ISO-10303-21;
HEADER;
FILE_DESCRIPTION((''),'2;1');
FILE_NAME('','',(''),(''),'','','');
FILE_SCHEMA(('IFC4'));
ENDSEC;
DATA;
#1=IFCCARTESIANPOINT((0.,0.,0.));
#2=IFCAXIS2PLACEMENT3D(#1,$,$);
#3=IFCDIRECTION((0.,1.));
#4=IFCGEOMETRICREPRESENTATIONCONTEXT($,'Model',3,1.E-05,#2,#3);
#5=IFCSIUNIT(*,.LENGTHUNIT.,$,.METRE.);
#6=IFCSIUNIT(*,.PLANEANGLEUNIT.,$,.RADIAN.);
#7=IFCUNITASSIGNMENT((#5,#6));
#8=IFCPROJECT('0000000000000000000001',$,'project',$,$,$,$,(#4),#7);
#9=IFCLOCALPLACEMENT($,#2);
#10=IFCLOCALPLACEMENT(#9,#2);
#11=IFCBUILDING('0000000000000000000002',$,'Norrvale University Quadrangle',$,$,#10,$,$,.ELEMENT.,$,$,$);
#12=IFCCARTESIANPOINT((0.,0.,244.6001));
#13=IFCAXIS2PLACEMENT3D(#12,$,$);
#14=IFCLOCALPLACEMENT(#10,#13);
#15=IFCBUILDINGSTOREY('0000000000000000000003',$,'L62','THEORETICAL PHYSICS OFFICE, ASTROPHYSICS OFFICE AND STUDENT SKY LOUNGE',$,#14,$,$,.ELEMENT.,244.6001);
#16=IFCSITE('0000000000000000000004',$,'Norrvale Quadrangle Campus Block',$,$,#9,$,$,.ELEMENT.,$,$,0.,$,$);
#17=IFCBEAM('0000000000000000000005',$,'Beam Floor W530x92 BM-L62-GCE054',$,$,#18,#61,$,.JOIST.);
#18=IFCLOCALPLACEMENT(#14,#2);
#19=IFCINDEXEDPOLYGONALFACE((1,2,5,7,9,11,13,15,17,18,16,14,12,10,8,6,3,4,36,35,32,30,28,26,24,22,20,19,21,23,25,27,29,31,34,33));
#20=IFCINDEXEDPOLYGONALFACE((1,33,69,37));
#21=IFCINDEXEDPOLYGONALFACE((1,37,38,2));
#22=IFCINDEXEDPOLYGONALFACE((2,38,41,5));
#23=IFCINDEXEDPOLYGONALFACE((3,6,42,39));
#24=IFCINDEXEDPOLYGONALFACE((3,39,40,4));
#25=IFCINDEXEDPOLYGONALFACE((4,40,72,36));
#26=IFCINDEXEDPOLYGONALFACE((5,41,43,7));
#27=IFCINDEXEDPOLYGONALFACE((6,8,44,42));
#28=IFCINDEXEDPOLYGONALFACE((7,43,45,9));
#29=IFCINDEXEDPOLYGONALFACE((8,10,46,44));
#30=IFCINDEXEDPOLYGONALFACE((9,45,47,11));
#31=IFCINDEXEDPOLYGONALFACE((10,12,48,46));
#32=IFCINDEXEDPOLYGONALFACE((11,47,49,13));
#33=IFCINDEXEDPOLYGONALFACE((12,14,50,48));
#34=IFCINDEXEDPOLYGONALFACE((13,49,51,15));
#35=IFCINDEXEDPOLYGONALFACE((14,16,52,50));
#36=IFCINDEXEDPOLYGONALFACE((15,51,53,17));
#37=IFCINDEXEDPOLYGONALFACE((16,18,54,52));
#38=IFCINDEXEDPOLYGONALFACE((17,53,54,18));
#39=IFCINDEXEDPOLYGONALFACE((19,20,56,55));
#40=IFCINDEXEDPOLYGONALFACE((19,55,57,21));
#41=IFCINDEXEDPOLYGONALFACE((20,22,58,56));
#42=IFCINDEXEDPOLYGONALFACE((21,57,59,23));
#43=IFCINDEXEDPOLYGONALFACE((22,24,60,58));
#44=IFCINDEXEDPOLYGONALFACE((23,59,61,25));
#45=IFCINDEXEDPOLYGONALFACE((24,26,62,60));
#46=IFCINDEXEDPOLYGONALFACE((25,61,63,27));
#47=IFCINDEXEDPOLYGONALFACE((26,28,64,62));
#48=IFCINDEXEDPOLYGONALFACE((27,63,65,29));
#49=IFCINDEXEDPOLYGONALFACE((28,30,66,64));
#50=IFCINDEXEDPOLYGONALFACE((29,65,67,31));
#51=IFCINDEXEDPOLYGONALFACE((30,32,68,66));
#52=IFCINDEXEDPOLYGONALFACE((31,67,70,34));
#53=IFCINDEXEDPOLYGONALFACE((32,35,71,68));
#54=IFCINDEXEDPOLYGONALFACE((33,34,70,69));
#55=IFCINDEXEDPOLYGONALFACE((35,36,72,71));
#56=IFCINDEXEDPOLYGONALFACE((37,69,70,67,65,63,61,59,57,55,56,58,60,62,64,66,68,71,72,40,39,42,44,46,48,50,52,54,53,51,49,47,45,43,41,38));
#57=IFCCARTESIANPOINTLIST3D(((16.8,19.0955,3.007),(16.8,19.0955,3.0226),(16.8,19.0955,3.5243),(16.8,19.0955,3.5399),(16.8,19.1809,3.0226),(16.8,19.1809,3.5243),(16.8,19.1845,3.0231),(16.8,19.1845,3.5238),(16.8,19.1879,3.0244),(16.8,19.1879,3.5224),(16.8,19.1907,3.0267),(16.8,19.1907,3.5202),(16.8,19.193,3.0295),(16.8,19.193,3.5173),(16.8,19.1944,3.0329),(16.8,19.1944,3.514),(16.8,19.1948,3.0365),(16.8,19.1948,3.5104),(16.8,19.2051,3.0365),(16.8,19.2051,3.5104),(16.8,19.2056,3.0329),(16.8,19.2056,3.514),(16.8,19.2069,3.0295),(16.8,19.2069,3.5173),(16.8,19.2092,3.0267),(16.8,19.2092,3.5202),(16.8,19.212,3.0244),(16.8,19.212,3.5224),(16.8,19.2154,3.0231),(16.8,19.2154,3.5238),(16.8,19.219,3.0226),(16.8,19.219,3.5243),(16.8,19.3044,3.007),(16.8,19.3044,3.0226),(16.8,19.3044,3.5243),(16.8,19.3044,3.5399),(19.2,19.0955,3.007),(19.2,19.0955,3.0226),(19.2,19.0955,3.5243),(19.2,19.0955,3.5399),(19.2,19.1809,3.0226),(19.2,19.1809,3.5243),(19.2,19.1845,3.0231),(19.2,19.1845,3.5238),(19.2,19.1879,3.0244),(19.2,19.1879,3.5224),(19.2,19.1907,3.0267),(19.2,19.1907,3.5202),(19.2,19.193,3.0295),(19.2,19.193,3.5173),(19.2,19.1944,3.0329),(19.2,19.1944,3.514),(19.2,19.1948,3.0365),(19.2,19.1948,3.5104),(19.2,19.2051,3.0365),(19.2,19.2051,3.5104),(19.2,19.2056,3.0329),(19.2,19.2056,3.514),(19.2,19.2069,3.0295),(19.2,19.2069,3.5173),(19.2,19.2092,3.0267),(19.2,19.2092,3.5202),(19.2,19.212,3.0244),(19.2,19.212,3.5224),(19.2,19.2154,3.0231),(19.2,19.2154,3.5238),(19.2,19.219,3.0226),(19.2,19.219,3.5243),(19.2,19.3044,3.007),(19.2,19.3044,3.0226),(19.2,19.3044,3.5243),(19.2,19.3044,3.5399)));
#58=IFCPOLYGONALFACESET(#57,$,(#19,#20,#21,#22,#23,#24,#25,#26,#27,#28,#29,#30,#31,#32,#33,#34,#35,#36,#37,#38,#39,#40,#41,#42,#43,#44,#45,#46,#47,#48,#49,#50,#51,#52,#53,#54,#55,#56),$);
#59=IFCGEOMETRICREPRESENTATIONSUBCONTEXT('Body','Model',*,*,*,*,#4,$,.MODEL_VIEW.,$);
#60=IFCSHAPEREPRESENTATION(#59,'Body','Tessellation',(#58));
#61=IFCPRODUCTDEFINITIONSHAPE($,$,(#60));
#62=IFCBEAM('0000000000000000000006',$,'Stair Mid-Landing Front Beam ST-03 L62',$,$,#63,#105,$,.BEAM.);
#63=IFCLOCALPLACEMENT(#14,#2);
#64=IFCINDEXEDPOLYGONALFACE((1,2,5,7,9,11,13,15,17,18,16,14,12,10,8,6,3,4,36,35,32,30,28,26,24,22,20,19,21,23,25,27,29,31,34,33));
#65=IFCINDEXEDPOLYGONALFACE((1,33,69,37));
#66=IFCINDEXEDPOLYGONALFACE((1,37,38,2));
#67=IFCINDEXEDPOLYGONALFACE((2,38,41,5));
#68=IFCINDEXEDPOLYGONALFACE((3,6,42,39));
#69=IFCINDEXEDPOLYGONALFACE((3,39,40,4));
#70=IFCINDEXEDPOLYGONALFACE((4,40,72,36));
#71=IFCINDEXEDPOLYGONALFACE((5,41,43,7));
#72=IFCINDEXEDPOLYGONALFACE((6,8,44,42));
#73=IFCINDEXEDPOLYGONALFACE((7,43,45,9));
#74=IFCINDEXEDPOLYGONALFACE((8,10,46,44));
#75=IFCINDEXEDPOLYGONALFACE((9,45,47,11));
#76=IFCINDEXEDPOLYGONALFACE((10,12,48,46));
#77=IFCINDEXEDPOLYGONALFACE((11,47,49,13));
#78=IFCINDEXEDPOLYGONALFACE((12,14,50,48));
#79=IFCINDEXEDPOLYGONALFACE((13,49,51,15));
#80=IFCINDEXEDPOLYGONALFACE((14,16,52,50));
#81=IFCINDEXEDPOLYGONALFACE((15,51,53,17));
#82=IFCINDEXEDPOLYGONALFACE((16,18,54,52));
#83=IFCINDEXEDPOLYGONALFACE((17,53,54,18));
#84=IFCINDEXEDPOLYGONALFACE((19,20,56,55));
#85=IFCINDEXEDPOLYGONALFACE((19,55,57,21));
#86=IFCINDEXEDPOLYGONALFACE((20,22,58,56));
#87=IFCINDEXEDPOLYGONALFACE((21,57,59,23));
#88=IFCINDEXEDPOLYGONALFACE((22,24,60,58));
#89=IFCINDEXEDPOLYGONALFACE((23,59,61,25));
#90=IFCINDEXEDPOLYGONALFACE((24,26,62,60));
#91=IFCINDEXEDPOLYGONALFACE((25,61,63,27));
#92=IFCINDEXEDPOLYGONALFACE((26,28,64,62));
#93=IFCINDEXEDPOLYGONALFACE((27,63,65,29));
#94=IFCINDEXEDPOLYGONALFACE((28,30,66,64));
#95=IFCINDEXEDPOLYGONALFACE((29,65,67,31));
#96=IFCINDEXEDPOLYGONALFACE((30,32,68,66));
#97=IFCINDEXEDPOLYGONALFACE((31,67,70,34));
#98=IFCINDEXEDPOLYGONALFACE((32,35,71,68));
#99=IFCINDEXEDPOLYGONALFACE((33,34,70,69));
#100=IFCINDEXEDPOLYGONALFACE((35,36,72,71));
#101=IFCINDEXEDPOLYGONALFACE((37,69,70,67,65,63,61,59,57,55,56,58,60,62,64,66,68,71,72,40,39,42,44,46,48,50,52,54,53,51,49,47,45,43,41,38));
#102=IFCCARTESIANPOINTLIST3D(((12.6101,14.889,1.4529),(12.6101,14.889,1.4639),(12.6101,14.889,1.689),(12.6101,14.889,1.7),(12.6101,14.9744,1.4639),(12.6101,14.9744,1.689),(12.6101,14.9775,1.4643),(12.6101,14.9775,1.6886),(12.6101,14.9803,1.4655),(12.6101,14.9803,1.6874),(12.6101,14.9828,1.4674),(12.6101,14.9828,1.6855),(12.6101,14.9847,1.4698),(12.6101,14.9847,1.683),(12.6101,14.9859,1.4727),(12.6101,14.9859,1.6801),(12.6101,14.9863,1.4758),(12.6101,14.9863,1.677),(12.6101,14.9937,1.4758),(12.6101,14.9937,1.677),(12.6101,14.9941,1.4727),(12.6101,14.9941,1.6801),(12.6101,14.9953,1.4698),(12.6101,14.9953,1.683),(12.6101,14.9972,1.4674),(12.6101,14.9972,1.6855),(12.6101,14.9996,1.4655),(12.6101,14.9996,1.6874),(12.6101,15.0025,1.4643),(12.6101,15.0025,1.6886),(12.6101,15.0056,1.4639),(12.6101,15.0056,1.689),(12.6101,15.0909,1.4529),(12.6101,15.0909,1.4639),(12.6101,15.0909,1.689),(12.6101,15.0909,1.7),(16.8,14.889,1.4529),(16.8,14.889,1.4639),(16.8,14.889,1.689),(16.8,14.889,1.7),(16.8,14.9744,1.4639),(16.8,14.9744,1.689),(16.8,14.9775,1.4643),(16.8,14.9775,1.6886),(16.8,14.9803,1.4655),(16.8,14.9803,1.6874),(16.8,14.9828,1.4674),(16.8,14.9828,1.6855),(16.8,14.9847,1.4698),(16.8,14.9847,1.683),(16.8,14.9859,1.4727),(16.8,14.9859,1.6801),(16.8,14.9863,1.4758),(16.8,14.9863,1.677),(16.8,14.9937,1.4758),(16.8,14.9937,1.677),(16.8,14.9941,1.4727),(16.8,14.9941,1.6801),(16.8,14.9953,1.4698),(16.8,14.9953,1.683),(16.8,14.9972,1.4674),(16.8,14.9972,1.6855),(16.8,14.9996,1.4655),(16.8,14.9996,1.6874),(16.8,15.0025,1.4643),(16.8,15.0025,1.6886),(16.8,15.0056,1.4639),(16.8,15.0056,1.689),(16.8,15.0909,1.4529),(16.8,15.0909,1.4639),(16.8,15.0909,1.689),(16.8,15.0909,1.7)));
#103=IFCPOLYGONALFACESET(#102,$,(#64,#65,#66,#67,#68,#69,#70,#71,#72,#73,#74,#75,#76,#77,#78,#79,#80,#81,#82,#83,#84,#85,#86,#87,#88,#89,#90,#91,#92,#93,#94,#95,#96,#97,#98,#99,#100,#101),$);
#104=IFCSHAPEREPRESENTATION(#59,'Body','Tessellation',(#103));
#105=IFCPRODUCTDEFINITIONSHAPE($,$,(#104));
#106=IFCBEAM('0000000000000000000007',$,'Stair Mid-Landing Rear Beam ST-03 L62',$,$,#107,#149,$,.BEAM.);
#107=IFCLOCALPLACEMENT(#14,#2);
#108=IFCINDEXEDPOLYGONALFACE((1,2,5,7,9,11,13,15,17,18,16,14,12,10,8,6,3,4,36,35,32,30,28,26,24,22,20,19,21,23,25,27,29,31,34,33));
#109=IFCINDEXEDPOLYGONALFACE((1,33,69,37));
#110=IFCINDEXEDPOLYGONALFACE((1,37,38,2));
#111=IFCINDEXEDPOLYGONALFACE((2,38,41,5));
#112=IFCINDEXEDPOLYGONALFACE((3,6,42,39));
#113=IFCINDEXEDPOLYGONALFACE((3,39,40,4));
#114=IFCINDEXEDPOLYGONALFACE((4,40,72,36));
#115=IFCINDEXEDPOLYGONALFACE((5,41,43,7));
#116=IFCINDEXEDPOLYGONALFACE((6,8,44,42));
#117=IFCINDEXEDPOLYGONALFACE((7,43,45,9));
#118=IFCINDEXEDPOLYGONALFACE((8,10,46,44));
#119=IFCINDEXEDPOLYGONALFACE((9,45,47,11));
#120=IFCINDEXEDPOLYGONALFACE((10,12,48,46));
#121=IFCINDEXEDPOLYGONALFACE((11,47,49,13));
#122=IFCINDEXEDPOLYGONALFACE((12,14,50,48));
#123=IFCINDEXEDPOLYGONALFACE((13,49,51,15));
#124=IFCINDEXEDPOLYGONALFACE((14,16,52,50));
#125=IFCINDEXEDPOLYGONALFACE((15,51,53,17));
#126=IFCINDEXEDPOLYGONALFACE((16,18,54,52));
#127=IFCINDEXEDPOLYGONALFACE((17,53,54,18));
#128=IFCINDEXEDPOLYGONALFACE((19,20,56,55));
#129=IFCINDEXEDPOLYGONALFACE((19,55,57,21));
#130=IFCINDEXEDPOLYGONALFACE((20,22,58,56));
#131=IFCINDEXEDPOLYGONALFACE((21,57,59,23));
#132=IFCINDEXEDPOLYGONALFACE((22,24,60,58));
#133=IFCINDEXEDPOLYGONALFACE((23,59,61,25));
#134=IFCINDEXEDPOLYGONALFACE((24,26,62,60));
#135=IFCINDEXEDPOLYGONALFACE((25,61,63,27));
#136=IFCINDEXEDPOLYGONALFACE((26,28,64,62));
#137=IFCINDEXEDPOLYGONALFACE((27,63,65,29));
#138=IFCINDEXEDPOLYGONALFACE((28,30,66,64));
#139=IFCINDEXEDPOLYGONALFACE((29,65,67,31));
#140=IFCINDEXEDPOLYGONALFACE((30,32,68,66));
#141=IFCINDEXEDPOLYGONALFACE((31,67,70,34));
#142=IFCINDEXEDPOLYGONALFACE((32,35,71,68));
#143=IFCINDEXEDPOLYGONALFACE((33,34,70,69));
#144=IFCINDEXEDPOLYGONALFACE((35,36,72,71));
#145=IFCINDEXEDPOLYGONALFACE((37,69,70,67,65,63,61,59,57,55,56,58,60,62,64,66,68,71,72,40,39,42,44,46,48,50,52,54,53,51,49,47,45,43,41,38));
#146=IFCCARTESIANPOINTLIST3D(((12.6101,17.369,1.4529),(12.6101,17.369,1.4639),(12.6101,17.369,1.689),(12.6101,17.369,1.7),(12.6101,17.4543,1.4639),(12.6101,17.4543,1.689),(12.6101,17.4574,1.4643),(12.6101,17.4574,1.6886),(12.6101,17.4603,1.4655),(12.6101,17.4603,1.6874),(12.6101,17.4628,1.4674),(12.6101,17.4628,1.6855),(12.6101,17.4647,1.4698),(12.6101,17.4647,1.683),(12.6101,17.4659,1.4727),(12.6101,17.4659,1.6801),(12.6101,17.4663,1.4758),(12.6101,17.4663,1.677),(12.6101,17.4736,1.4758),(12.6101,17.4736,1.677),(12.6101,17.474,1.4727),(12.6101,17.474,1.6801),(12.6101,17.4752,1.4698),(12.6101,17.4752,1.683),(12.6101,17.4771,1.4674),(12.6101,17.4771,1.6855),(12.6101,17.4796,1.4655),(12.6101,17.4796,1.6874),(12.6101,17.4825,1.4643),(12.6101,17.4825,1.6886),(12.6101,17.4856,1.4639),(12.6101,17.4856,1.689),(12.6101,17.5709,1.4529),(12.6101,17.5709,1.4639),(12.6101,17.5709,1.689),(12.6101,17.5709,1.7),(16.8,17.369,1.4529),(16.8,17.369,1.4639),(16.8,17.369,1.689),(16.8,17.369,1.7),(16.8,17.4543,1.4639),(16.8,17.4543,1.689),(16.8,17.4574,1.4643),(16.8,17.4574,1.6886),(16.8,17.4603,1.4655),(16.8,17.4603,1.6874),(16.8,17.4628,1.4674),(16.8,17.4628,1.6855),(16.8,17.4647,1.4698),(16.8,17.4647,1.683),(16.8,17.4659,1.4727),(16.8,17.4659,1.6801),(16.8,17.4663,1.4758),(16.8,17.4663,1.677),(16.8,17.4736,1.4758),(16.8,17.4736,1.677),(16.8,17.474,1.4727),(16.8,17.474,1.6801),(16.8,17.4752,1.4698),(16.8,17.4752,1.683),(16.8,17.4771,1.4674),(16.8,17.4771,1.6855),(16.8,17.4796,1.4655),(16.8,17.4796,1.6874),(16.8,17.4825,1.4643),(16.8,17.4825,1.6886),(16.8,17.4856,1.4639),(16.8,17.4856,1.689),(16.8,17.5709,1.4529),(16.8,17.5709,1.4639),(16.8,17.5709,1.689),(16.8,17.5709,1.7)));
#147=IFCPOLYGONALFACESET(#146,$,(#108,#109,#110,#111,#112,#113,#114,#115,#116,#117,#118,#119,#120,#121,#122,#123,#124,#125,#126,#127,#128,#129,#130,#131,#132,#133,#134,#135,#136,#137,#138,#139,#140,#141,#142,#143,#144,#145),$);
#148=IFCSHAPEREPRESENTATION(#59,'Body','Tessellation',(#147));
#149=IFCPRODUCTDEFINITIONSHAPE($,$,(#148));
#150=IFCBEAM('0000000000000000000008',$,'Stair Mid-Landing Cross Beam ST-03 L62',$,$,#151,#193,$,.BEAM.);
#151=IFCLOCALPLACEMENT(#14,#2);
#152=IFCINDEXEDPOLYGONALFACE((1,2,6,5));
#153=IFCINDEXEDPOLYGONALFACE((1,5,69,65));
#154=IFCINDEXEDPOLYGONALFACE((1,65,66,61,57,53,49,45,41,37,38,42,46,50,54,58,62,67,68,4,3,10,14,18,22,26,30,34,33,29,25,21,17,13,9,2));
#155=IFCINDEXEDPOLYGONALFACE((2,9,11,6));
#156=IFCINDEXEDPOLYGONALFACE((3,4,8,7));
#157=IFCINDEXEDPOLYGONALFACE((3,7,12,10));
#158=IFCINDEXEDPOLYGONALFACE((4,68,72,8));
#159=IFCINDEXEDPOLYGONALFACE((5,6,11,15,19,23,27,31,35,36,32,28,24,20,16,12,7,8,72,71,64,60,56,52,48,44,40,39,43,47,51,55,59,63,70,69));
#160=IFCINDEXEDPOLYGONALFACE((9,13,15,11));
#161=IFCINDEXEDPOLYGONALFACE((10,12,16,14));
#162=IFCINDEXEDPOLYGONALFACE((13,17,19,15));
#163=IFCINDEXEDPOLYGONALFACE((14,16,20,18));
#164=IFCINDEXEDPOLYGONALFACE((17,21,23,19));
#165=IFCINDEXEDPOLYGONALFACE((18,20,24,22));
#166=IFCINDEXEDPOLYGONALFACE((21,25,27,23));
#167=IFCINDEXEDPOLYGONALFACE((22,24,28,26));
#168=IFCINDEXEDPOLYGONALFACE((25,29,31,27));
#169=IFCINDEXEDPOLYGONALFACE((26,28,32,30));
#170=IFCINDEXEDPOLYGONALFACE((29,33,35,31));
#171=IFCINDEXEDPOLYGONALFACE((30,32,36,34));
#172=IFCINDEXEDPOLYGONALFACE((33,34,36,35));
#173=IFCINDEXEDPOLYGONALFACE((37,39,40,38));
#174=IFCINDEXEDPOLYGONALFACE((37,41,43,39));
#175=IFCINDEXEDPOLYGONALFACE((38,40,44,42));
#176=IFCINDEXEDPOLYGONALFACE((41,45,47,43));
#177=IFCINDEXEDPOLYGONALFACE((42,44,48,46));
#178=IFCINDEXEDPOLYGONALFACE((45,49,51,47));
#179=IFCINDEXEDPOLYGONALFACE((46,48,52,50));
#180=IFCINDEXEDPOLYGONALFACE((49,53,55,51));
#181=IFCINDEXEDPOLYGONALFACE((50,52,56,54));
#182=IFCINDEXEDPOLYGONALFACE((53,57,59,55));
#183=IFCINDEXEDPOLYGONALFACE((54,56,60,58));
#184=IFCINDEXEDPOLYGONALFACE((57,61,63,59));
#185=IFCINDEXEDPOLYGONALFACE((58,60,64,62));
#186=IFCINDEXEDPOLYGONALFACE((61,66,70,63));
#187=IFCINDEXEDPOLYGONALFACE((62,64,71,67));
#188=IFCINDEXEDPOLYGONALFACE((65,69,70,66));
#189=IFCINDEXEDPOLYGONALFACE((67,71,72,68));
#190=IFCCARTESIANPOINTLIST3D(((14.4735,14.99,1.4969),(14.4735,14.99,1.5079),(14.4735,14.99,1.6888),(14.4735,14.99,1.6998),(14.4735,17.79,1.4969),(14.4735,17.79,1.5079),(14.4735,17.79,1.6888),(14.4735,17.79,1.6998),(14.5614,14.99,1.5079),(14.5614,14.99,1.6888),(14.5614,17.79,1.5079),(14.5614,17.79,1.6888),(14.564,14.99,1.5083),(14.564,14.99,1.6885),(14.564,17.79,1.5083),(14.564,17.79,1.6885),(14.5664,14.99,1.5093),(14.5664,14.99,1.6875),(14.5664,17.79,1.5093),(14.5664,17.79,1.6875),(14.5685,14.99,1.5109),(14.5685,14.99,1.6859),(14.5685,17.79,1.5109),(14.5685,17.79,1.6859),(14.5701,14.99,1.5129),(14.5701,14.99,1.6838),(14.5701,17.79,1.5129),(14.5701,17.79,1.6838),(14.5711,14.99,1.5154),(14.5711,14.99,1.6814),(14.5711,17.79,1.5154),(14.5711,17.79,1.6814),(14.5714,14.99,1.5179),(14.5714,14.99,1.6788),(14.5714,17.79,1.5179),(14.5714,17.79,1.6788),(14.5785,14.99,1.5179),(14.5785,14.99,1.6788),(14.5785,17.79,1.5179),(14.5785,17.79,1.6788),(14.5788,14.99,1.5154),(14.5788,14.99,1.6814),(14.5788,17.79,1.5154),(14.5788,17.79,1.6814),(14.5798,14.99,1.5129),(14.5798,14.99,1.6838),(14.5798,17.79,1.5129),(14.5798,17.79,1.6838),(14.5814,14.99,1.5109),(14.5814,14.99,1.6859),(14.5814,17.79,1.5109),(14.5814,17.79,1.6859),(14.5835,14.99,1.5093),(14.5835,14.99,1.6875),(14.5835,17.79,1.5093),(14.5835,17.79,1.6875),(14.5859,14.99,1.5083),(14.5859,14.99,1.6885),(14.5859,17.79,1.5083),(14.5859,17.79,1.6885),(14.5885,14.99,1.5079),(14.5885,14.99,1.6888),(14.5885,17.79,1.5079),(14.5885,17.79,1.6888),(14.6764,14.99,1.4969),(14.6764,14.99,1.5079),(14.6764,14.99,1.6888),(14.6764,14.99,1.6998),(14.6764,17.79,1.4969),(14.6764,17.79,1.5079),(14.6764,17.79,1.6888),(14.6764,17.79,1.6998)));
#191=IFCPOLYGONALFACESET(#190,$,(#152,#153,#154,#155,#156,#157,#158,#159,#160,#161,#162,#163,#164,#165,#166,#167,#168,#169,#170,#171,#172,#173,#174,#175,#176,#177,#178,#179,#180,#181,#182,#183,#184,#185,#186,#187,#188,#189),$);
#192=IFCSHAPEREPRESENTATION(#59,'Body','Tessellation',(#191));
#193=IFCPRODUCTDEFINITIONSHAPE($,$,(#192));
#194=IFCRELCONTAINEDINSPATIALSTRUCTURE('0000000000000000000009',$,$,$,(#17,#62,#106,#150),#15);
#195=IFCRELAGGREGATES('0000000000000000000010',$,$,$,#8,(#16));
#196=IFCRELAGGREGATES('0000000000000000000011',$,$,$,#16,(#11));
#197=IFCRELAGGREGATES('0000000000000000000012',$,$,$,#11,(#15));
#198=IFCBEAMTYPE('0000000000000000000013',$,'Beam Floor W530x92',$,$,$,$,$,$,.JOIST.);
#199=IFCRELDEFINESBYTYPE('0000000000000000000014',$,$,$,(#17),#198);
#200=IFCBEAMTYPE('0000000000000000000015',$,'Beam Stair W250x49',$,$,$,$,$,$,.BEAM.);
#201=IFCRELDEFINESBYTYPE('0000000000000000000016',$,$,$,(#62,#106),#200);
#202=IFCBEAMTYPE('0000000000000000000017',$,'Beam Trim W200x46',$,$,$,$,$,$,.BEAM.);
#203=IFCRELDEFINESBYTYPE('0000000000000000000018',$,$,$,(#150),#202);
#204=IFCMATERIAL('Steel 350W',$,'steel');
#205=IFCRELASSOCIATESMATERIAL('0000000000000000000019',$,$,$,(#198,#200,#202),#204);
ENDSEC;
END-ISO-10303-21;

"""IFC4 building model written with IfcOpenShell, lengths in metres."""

from ifc_helpers import new_model, si_unit, direction, frame, origin, origin_2d, place, context, subcontext, project, spatial, i_section, extrude, material, material_profile, profile_set, type_object, element, save


model = new_model("IFC4")

# Units and contexts
model_context = context("Model", 3, precision=1e-05, world=origin(), true_north=direction((0.0, 1.0)))
body_context = subcontext(model_context, "Body", "Model", "MODEL_VIEW")
ifc_project = project(units=[si_unit("LENGTHUNIT", "METRE"), si_unit("PLANEANGLEUNIT", "RADIAN")], contexts=[model_context])

# Site, building, storey
site_placement = place(None, origin())
site = spatial("IfcSite", under=ifc_project, at=site_placement, Name="Norrvale Quadrangle Campus Block", CompositionType="ELEMENT", RefElevation=0.0)
building_placement = place(site_placement, origin())
building = spatial("IfcBuilding", under=site, at=building_placement, Name="Norrvale University Quadrangle", CompositionType="ELEMENT")
storey_placement = place(building_placement, frame((0.0, 0.0, 244.6001)))
storey = spatial("IfcBuildingStorey", under=building, at=storey_placement, Name="L62", Description="THEORETICAL PHYSICS OFFICE, ASTROPHYSICS OFFICE AND STUDENT SKY LOUNGE", CompositionType="ELEMENT", Elevation=244.6001)

# Beams
ifc_material_1 = material(Name="Steel 350W", Category="steel")
ifc_material_profile_1 = material_profile(ifc_material_1, i_section(OverallWidth=0.209, OverallDepth=0.533, WebThickness=0.0103, FlangeThickness=0.0156, FilletRadius=0.0139, at=origin_2d()), Name="Steel 350W")
ifc_profile_set_1 = profile_set([ifc_material_profile_1], Name="Steel 350W")
beam_type_1 = type_object("IfcBeamType", Name="Beam Floor W530x92", PredefinedType="JOIST", material=ifc_profile_set_1)
beam_1_placement = place(storey_placement, frame((16.8, 19.2, 3.2734), z_axis=(1.0, 0.0, 0.0), x_axis=(0.0, 1.0, 0.0)))
element("IfcBeam", 1, at=beam_1_placement, inside=storey, type_object=beam_type_1, Name="Beam Floor W530x92 BM-L62-GCE054", PredefinedType="JOIST", context=body_context, shape_type="SweptSolid", body=[
    extrude(i_section(OverallWidth=0.209, OverallDepth=0.533, WebThickness=0.0103, FlangeThickness=0.0156, FilletRadius=0.0139, at=origin_2d()), origin(), (0.0, 0.0, 1.0), 2.3999),
])
ifc_material_profile_2 = material_profile(ifc_material_1, i_section(OverallWidth=0.2019, OverallDepth=0.2471, WebThickness=0.0073, FlangeThickness=0.011, FilletRadius=0.012, at=origin_2d()), Name="Steel 350W")
ifc_profile_set_2 = profile_set([ifc_material_profile_2], Name="Steel 350W")
beam_type_2 = type_object("IfcBeamType", Name="Beam Stair W250x49", PredefinedType="BEAM", material=ifc_profile_set_2)
for number, where, z_axis, x_axis, name in (
    (2, (12.6101, 14.99, 1.5764), (1.0, 0.0, 0.0), (0.0, 1.0, 0.0), "Stair Mid-Landing Front Beam ST-03 L62"),
    (3, (12.6101, 17.47, 1.5764), (1.0, 0.0, 0.0), (0.0, 1.0, 0.0), "Stair Mid-Landing Rear Beam ST-03 L62"),
):
    element("IfcBeam", number, at=place(storey_placement, frame(where, z_axis=z_axis, x_axis=x_axis)), inside=storey, type_object=beam_type_2, Name=name, PredefinedType="BEAM", context=body_context, shape_type="SweptSolid", body=[
        extrude(i_section(OverallWidth=0.2019, OverallDepth=0.2471, WebThickness=0.0073, FlangeThickness=0.011, FilletRadius=0.012, at=origin_2d()), origin(), (0.0, 0.0, 1.0), 4.1899),
    ])
ifc_material_profile_3 = material_profile(ifc_material_1, i_section(OverallWidth=0.2029, OverallDepth=0.2029, WebThickness=0.0071, FlangeThickness=0.011, FilletRadius=0.01, at=origin_2d()), Name="Steel 350W")
ifc_profile_set_3 = profile_set([ifc_material_profile_3], Name="Steel 350W")
beam_type_3 = type_object("IfcBeamType", Name="Beam Trim W200x46", PredefinedType="BEAM", material=ifc_profile_set_3)
beam_2_placement = place(storey_placement, frame((14.575, 14.99, 1.5984), z_axis=(0.0, 1.0, 0.0), x_axis=(-1.0, 0.0, 0.0)))
element("IfcBeam", 4, at=beam_2_placement, inside=storey, type_object=beam_type_3, Name="Stair Mid-Landing Cross Beam ST-03 L62", PredefinedType="BEAM", context=body_context, shape_type="SweptSolid", body=[
    extrude(i_section(OverallWidth=0.2029, OverallDepth=0.2029, WebThickness=0.0071, FlangeThickness=0.011, FilletRadius=0.01, at=origin_2d()), origin(), (0.0, 0.0, 1.0), 2.8),
])

save(model, "model.ifc")
